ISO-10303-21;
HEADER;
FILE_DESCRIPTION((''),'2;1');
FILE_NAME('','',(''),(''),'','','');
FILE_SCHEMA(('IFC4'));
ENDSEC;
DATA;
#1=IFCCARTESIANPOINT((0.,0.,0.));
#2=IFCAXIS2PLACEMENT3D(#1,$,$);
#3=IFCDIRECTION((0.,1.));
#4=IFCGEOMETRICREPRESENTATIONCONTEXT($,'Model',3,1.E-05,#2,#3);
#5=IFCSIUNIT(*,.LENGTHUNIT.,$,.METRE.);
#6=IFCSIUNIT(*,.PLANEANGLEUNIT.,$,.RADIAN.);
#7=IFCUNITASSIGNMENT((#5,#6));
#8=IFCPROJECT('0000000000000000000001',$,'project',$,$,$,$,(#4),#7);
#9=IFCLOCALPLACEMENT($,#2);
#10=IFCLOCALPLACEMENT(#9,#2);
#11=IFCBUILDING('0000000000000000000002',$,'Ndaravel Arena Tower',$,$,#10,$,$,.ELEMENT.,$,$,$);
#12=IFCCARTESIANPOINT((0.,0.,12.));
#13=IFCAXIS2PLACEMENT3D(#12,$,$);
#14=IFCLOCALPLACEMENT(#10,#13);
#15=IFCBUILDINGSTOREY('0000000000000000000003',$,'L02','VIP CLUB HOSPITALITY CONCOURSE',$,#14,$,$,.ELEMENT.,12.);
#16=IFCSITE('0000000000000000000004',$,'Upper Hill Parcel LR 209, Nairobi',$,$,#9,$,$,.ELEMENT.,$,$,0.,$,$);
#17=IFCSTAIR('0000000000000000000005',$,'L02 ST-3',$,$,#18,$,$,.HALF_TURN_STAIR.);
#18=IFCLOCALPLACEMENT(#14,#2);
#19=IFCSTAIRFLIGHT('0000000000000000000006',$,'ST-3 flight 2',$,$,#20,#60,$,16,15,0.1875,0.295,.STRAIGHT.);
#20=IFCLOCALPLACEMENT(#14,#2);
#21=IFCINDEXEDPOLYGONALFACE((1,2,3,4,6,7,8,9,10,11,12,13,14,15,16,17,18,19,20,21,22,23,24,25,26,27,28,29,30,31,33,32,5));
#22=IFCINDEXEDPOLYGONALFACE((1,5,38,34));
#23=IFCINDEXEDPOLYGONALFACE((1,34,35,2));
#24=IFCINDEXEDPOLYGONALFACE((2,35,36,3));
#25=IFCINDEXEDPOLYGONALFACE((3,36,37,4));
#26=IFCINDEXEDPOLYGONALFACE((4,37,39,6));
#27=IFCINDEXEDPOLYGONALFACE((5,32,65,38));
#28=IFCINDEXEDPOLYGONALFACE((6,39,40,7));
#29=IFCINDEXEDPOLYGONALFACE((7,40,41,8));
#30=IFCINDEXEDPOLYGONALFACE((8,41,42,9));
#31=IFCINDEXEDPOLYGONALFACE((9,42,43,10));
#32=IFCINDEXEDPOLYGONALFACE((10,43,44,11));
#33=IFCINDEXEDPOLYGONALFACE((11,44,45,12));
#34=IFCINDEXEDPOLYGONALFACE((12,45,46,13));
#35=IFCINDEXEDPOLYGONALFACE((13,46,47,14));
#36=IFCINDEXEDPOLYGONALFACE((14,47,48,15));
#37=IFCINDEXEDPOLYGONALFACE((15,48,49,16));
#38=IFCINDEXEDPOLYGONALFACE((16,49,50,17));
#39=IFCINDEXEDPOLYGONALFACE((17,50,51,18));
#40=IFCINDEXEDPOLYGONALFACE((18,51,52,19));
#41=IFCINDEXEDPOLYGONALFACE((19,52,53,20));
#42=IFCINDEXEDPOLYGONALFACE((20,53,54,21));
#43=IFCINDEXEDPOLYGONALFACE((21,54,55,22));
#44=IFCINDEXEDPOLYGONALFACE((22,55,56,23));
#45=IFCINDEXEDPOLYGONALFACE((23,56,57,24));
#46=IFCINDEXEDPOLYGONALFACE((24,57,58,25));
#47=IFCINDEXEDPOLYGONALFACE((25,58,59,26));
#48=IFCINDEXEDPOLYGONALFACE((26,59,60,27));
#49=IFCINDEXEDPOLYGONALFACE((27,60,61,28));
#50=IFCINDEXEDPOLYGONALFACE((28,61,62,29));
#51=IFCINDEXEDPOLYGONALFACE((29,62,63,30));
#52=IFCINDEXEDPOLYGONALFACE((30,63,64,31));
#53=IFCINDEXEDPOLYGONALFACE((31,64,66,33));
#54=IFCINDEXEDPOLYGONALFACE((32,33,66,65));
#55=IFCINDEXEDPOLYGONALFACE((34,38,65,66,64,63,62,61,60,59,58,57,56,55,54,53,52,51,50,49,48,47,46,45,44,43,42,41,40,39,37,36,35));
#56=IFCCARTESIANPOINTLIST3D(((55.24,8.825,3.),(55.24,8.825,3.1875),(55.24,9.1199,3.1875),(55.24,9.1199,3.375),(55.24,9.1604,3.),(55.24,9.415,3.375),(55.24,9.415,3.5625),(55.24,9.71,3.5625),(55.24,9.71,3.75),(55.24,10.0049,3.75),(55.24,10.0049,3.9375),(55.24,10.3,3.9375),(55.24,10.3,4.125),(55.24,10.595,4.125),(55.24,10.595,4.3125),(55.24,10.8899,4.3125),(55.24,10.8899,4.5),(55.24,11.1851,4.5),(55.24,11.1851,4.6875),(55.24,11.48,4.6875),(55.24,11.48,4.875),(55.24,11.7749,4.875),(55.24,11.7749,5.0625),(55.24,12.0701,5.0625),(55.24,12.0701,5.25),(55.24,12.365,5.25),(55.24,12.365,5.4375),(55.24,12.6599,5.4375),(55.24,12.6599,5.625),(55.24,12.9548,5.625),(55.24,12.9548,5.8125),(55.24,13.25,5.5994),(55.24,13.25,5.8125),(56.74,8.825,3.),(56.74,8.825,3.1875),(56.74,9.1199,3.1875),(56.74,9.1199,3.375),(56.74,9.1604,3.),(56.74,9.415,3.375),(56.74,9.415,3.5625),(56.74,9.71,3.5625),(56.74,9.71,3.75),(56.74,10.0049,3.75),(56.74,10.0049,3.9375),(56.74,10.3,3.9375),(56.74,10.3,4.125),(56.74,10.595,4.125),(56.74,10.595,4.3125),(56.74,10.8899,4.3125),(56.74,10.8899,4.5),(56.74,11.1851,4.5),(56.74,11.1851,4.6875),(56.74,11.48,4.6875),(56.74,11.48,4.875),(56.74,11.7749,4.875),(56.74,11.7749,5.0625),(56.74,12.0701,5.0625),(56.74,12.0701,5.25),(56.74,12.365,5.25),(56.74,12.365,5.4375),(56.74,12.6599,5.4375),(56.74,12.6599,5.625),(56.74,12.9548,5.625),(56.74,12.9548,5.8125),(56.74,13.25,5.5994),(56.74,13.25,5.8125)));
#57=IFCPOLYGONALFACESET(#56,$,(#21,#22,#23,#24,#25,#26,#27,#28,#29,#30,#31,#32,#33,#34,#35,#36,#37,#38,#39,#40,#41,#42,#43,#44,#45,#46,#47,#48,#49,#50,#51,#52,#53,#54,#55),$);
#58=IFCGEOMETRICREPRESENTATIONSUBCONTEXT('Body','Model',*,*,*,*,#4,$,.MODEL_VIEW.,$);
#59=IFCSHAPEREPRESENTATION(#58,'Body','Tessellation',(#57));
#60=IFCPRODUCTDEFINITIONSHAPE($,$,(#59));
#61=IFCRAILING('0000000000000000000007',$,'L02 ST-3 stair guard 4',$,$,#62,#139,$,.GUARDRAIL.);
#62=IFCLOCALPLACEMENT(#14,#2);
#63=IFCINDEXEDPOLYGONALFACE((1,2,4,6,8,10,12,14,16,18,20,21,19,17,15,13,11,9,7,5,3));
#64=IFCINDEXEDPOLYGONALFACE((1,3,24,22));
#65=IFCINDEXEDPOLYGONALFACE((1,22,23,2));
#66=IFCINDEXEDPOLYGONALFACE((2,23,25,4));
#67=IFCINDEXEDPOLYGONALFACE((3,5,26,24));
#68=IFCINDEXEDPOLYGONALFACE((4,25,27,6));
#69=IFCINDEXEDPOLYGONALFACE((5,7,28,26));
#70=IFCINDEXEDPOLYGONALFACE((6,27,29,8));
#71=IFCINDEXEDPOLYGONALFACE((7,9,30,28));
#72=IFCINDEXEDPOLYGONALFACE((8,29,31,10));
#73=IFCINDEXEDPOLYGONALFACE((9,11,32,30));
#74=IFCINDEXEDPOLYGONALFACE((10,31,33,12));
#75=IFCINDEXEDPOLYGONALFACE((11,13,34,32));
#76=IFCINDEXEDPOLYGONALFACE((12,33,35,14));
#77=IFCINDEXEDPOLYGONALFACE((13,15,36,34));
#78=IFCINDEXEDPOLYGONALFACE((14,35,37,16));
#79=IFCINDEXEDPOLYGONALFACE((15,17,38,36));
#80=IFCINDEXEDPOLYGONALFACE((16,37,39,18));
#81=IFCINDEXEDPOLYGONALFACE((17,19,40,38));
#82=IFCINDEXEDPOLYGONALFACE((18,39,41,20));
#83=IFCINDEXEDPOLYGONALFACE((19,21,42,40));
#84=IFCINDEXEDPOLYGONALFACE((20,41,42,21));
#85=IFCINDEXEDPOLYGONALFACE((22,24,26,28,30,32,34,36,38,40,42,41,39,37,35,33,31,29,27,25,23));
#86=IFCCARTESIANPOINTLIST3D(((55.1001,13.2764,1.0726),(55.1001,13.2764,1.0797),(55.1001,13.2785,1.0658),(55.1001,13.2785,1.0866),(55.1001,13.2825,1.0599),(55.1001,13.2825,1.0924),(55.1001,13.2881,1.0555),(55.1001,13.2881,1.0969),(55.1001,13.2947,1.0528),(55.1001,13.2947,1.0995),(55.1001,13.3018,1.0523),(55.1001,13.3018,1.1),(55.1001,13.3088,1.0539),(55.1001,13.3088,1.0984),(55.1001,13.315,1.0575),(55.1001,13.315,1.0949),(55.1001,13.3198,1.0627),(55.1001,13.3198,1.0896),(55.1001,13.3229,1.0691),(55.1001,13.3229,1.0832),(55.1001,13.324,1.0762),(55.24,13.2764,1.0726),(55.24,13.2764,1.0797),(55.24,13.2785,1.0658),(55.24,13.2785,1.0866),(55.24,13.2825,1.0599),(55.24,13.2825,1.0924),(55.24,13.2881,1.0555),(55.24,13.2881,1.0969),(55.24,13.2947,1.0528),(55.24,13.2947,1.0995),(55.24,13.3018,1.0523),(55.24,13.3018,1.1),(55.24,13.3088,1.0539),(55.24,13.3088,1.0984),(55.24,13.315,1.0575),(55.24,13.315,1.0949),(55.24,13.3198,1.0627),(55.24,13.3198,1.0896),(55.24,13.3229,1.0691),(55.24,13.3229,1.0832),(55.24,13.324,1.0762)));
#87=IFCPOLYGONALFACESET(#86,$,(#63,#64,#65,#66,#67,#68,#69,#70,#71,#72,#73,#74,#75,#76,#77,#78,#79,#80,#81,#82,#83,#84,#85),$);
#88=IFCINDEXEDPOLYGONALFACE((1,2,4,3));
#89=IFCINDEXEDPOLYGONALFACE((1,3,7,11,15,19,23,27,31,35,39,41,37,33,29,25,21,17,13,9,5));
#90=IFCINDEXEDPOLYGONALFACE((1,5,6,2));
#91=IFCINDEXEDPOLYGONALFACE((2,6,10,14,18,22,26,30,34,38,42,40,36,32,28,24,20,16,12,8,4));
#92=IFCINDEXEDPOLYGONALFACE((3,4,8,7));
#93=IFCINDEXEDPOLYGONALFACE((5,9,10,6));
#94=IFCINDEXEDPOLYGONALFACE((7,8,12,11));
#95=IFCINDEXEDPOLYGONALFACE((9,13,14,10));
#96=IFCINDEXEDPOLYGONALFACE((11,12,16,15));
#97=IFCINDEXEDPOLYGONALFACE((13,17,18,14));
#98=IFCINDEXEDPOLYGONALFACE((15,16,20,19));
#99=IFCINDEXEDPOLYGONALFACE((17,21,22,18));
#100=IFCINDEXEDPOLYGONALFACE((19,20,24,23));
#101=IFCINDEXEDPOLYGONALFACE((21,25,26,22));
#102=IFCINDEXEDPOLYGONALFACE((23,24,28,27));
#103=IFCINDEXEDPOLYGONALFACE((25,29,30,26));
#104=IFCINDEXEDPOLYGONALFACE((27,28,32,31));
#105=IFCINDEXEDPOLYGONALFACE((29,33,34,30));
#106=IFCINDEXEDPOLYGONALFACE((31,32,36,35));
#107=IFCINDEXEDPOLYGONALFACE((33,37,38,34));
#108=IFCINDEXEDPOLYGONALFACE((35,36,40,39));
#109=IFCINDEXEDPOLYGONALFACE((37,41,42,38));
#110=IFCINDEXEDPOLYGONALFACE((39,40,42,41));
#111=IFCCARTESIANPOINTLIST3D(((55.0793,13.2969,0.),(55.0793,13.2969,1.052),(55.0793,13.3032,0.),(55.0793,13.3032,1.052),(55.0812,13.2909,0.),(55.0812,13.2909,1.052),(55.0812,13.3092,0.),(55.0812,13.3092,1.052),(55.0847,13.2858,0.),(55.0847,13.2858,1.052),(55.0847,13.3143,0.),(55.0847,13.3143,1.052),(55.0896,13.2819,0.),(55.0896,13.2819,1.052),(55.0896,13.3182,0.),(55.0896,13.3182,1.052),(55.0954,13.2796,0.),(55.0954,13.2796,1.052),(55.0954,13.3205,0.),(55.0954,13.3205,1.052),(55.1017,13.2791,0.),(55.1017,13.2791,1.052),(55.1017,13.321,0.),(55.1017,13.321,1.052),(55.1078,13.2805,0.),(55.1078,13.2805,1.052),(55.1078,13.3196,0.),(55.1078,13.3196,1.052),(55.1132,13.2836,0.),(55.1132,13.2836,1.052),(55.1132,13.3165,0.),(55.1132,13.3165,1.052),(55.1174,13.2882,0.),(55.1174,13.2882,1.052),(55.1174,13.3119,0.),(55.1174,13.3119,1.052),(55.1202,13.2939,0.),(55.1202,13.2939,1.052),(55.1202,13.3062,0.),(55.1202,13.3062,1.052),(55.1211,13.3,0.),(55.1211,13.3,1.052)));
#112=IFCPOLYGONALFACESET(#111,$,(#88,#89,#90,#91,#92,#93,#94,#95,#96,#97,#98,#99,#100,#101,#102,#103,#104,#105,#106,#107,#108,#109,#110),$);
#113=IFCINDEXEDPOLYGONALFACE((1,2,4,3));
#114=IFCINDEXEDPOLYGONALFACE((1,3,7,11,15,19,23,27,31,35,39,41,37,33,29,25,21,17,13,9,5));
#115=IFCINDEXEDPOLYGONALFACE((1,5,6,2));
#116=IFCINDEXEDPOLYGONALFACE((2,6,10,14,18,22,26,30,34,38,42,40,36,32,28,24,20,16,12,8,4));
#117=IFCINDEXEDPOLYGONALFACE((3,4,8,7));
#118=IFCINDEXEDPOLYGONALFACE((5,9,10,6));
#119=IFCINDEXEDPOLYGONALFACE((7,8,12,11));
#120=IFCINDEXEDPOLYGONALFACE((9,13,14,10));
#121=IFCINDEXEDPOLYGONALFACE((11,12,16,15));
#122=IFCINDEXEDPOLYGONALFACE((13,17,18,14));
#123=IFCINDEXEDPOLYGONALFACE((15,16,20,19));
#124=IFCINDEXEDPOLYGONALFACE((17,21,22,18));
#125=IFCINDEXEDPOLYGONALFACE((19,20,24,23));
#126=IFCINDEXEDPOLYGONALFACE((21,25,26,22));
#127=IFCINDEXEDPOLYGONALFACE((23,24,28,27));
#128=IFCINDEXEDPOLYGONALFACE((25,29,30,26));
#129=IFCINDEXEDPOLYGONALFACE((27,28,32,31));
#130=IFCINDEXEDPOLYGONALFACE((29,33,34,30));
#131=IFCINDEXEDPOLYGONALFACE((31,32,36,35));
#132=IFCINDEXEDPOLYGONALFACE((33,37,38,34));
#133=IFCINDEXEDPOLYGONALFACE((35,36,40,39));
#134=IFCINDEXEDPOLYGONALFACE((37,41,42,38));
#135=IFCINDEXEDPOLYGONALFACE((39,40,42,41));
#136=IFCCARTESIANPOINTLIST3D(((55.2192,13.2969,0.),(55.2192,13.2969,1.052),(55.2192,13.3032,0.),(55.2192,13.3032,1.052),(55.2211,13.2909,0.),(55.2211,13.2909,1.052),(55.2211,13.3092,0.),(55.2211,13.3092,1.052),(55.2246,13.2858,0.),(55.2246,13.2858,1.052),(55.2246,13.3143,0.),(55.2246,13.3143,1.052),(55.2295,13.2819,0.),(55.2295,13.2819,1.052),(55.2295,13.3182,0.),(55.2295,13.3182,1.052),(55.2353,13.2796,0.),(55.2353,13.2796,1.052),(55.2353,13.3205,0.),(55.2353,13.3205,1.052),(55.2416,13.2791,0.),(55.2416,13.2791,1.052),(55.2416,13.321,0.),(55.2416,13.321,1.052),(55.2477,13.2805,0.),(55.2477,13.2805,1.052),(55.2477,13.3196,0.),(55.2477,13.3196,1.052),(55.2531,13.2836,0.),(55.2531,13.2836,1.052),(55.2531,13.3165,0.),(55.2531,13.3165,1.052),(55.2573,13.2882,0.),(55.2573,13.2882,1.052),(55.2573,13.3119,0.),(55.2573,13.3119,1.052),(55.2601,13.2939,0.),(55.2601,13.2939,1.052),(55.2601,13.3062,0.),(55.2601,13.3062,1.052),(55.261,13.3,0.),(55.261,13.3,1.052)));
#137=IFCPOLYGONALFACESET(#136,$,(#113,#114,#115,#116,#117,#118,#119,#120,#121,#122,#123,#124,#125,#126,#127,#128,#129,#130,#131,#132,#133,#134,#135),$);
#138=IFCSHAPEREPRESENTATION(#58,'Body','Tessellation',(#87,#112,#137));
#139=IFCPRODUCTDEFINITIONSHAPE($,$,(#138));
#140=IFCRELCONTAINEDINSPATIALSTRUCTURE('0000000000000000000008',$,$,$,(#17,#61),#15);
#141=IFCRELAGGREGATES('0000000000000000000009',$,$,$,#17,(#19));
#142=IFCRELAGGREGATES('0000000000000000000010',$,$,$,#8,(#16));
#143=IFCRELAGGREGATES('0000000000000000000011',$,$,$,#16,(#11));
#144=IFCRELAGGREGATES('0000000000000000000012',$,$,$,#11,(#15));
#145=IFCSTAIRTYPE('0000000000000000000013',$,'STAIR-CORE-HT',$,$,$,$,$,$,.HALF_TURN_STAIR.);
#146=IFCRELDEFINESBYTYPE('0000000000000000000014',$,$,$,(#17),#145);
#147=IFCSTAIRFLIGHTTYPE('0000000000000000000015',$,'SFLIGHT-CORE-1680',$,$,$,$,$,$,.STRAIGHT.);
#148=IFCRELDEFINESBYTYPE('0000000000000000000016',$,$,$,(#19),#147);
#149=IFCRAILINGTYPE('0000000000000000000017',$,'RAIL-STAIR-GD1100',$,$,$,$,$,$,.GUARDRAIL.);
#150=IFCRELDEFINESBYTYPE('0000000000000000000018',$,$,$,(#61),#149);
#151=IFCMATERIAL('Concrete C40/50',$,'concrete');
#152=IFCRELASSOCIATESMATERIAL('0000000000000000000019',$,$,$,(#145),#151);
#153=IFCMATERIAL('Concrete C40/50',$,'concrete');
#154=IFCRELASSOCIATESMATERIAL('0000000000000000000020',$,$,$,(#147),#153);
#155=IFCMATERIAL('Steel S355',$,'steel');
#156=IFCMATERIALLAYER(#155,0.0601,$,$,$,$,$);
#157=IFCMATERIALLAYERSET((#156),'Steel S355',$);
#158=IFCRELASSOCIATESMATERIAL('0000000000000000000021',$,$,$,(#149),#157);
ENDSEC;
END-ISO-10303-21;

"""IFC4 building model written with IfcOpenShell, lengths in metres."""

from ifc_helpers import new_model, si_unit, direction, frame, origin, origin_2d, place, context, subcontext, project, spatial, polyline, circle, outline, extrude, material, layer, layer_set, type_object, element, aggregate, save


model = new_model("IFC4")

# Units and contexts
model_context = context("Model", 3, precision=1e-05, world=origin(), true_north=direction((0.0, 1.0)))
body_context = subcontext(model_context, "Body", "Model", "MODEL_VIEW")
ifc_project = project(units=[si_unit("LENGTHUNIT", "METRE"), si_unit("PLANEANGLEUNIT", "RADIAN")], contexts=[model_context])

# Site, building, storey
site_placement = place(None, origin())
site = spatial("IfcSite", under=ifc_project, at=site_placement, Name="Upper Hill Parcel LR 209, Nairobi", CompositionType="ELEMENT", RefElevation=0.0)
building_placement = place(site_placement, origin())
building = spatial("IfcBuilding", under=site, at=building_placement, Name="Ndaravel Arena Tower", CompositionType="ELEMENT")
storey_placement = place(building_placement, frame((0.0, 0.0, 12.0)))
storey = spatial("IfcBuildingStorey", under=building, at=storey_placement, Name="L02", Description="VIP CLUB HOSPITALITY CONCOURSE", CompositionType="ELEMENT", Elevation=12.0)

# Stair, stair flight
ifc_material_1 = material(Name="Concrete C40/50", Category="concrete")
stair_type = type_object("IfcStairType", Name="STAIR-CORE-HT", PredefinedType="HALF_TURN_STAIR", material=ifc_material_1)
stair_placement = place(storey_placement, origin())
stair = element("IfcStair", 1, at=stair_placement, inside=storey, type_object=stair_type, Name="L02 ST-3", PredefinedType="HALF_TURN_STAIR")
ifc_material_2 = material(Name="Concrete C40/50", Category="concrete")
stair_flight_type = type_object("IfcStairFlightType", Name="SFLIGHT-CORE-1680", PredefinedType="STRAIGHT", material=ifc_material_2)
stair_flight_1_placement = place(storey_placement, frame((55.99, 8.825, 3.0), z_axis=(0.0, 0.0, 1.0), x_axis=(0.0, 1.0, 0.0)))
stair_flight_1 = element("IfcStairFlight", 2, at=stair_flight_1_placement, type_object=stair_flight_type, Name="ST-3 flight 2", NumberOfRisers=16, NumberOfTreads=15, PredefinedType="STRAIGHT", RiserHeight=0.1875, TreadLength=0.295, context=body_context, shape_type="SweptSolid", body=[
    extrude(outline(polyline([(0.0, 0.0), (0.0, 0.1875), (0.2949, 0.1875), (0.2949, 0.375), (0.5901, 0.375), (0.5901, 0.5625), (0.885, 0.5625), (0.885, 0.75), (1.1799, 0.75), (1.1799, 0.9375), (1.4751, 0.9375), (1.4751, 1.125), (1.77, 1.125), (1.77, 1.3125), (2.0649, 1.3125), (2.0649, 1.5), (2.3601, 1.5), (2.3601, 1.6875), (2.655, 1.6875), (2.655, 1.875), (2.95, 1.875), (2.95, 2.0625), (3.2451, 2.0625), (3.2451, 2.25), (3.54, 2.25), (3.54, 2.4375), (3.835, 2.4375), (3.835, 2.625), (4.1299, 2.625), (4.1299, 2.8125), (4.425, 2.8125), (4.425, 3.0), (4.425, 2.5994), (0.3354, 0.0), (0.0, 0.0)])), frame((0.0, 0.75, 0.0), z_axis=(0.0, -1.0, 0.0), x_axis=(1.0, 0.0, 0.0)), (0.0, 0.0, 1.0), 1.5),
])
aggregate(stair, [stair_flight_1])

# Railing
ifc_material_3 = material(Name="Steel S355", Category="steel")
ifc_layer_1 = layer(ifc_material_3, 0.0601)
ifc_layer_set_1 = layer_set([ifc_layer_1], Name="Steel S355")
railing_type_1 = type_object("IfcRailingType", Name="RAIL-STAIR-GD1100", PredefinedType="GUARDRAIL", material=ifc_layer_set_1)
railing_1_placement = place(storey_placement, frame((55.1001, 13.3, 0.0)))
element("IfcRailing", 3, at=railing_1_placement, inside=storey, type_object=railing_type_1, Name="L02 ST-3 stair guard 4", PredefinedType="GUARDRAIL", context=body_context, shape_type="SweptSolid", body=[
    extrude(circle(Radius=0.0239, at=origin_2d()), frame((0.0, 0.0, 1.0762), z_axis=(1.0, 0.0, 0.0), x_axis=(0.0, 1.0, 0.0)), (0.0, 0.0, 1.0), 0.1399),
    extrude(circle(Radius=0.021, at=origin_2d()), origin(), (0.0, 0.0, 1.0), 1.052),
    extrude(circle(Radius=0.021, at=origin_2d()), frame((0.1399, 0.0, 0.0)), (0.0, 0.0, 1.0), 1.052),
])

save(model, "model.ifc")
